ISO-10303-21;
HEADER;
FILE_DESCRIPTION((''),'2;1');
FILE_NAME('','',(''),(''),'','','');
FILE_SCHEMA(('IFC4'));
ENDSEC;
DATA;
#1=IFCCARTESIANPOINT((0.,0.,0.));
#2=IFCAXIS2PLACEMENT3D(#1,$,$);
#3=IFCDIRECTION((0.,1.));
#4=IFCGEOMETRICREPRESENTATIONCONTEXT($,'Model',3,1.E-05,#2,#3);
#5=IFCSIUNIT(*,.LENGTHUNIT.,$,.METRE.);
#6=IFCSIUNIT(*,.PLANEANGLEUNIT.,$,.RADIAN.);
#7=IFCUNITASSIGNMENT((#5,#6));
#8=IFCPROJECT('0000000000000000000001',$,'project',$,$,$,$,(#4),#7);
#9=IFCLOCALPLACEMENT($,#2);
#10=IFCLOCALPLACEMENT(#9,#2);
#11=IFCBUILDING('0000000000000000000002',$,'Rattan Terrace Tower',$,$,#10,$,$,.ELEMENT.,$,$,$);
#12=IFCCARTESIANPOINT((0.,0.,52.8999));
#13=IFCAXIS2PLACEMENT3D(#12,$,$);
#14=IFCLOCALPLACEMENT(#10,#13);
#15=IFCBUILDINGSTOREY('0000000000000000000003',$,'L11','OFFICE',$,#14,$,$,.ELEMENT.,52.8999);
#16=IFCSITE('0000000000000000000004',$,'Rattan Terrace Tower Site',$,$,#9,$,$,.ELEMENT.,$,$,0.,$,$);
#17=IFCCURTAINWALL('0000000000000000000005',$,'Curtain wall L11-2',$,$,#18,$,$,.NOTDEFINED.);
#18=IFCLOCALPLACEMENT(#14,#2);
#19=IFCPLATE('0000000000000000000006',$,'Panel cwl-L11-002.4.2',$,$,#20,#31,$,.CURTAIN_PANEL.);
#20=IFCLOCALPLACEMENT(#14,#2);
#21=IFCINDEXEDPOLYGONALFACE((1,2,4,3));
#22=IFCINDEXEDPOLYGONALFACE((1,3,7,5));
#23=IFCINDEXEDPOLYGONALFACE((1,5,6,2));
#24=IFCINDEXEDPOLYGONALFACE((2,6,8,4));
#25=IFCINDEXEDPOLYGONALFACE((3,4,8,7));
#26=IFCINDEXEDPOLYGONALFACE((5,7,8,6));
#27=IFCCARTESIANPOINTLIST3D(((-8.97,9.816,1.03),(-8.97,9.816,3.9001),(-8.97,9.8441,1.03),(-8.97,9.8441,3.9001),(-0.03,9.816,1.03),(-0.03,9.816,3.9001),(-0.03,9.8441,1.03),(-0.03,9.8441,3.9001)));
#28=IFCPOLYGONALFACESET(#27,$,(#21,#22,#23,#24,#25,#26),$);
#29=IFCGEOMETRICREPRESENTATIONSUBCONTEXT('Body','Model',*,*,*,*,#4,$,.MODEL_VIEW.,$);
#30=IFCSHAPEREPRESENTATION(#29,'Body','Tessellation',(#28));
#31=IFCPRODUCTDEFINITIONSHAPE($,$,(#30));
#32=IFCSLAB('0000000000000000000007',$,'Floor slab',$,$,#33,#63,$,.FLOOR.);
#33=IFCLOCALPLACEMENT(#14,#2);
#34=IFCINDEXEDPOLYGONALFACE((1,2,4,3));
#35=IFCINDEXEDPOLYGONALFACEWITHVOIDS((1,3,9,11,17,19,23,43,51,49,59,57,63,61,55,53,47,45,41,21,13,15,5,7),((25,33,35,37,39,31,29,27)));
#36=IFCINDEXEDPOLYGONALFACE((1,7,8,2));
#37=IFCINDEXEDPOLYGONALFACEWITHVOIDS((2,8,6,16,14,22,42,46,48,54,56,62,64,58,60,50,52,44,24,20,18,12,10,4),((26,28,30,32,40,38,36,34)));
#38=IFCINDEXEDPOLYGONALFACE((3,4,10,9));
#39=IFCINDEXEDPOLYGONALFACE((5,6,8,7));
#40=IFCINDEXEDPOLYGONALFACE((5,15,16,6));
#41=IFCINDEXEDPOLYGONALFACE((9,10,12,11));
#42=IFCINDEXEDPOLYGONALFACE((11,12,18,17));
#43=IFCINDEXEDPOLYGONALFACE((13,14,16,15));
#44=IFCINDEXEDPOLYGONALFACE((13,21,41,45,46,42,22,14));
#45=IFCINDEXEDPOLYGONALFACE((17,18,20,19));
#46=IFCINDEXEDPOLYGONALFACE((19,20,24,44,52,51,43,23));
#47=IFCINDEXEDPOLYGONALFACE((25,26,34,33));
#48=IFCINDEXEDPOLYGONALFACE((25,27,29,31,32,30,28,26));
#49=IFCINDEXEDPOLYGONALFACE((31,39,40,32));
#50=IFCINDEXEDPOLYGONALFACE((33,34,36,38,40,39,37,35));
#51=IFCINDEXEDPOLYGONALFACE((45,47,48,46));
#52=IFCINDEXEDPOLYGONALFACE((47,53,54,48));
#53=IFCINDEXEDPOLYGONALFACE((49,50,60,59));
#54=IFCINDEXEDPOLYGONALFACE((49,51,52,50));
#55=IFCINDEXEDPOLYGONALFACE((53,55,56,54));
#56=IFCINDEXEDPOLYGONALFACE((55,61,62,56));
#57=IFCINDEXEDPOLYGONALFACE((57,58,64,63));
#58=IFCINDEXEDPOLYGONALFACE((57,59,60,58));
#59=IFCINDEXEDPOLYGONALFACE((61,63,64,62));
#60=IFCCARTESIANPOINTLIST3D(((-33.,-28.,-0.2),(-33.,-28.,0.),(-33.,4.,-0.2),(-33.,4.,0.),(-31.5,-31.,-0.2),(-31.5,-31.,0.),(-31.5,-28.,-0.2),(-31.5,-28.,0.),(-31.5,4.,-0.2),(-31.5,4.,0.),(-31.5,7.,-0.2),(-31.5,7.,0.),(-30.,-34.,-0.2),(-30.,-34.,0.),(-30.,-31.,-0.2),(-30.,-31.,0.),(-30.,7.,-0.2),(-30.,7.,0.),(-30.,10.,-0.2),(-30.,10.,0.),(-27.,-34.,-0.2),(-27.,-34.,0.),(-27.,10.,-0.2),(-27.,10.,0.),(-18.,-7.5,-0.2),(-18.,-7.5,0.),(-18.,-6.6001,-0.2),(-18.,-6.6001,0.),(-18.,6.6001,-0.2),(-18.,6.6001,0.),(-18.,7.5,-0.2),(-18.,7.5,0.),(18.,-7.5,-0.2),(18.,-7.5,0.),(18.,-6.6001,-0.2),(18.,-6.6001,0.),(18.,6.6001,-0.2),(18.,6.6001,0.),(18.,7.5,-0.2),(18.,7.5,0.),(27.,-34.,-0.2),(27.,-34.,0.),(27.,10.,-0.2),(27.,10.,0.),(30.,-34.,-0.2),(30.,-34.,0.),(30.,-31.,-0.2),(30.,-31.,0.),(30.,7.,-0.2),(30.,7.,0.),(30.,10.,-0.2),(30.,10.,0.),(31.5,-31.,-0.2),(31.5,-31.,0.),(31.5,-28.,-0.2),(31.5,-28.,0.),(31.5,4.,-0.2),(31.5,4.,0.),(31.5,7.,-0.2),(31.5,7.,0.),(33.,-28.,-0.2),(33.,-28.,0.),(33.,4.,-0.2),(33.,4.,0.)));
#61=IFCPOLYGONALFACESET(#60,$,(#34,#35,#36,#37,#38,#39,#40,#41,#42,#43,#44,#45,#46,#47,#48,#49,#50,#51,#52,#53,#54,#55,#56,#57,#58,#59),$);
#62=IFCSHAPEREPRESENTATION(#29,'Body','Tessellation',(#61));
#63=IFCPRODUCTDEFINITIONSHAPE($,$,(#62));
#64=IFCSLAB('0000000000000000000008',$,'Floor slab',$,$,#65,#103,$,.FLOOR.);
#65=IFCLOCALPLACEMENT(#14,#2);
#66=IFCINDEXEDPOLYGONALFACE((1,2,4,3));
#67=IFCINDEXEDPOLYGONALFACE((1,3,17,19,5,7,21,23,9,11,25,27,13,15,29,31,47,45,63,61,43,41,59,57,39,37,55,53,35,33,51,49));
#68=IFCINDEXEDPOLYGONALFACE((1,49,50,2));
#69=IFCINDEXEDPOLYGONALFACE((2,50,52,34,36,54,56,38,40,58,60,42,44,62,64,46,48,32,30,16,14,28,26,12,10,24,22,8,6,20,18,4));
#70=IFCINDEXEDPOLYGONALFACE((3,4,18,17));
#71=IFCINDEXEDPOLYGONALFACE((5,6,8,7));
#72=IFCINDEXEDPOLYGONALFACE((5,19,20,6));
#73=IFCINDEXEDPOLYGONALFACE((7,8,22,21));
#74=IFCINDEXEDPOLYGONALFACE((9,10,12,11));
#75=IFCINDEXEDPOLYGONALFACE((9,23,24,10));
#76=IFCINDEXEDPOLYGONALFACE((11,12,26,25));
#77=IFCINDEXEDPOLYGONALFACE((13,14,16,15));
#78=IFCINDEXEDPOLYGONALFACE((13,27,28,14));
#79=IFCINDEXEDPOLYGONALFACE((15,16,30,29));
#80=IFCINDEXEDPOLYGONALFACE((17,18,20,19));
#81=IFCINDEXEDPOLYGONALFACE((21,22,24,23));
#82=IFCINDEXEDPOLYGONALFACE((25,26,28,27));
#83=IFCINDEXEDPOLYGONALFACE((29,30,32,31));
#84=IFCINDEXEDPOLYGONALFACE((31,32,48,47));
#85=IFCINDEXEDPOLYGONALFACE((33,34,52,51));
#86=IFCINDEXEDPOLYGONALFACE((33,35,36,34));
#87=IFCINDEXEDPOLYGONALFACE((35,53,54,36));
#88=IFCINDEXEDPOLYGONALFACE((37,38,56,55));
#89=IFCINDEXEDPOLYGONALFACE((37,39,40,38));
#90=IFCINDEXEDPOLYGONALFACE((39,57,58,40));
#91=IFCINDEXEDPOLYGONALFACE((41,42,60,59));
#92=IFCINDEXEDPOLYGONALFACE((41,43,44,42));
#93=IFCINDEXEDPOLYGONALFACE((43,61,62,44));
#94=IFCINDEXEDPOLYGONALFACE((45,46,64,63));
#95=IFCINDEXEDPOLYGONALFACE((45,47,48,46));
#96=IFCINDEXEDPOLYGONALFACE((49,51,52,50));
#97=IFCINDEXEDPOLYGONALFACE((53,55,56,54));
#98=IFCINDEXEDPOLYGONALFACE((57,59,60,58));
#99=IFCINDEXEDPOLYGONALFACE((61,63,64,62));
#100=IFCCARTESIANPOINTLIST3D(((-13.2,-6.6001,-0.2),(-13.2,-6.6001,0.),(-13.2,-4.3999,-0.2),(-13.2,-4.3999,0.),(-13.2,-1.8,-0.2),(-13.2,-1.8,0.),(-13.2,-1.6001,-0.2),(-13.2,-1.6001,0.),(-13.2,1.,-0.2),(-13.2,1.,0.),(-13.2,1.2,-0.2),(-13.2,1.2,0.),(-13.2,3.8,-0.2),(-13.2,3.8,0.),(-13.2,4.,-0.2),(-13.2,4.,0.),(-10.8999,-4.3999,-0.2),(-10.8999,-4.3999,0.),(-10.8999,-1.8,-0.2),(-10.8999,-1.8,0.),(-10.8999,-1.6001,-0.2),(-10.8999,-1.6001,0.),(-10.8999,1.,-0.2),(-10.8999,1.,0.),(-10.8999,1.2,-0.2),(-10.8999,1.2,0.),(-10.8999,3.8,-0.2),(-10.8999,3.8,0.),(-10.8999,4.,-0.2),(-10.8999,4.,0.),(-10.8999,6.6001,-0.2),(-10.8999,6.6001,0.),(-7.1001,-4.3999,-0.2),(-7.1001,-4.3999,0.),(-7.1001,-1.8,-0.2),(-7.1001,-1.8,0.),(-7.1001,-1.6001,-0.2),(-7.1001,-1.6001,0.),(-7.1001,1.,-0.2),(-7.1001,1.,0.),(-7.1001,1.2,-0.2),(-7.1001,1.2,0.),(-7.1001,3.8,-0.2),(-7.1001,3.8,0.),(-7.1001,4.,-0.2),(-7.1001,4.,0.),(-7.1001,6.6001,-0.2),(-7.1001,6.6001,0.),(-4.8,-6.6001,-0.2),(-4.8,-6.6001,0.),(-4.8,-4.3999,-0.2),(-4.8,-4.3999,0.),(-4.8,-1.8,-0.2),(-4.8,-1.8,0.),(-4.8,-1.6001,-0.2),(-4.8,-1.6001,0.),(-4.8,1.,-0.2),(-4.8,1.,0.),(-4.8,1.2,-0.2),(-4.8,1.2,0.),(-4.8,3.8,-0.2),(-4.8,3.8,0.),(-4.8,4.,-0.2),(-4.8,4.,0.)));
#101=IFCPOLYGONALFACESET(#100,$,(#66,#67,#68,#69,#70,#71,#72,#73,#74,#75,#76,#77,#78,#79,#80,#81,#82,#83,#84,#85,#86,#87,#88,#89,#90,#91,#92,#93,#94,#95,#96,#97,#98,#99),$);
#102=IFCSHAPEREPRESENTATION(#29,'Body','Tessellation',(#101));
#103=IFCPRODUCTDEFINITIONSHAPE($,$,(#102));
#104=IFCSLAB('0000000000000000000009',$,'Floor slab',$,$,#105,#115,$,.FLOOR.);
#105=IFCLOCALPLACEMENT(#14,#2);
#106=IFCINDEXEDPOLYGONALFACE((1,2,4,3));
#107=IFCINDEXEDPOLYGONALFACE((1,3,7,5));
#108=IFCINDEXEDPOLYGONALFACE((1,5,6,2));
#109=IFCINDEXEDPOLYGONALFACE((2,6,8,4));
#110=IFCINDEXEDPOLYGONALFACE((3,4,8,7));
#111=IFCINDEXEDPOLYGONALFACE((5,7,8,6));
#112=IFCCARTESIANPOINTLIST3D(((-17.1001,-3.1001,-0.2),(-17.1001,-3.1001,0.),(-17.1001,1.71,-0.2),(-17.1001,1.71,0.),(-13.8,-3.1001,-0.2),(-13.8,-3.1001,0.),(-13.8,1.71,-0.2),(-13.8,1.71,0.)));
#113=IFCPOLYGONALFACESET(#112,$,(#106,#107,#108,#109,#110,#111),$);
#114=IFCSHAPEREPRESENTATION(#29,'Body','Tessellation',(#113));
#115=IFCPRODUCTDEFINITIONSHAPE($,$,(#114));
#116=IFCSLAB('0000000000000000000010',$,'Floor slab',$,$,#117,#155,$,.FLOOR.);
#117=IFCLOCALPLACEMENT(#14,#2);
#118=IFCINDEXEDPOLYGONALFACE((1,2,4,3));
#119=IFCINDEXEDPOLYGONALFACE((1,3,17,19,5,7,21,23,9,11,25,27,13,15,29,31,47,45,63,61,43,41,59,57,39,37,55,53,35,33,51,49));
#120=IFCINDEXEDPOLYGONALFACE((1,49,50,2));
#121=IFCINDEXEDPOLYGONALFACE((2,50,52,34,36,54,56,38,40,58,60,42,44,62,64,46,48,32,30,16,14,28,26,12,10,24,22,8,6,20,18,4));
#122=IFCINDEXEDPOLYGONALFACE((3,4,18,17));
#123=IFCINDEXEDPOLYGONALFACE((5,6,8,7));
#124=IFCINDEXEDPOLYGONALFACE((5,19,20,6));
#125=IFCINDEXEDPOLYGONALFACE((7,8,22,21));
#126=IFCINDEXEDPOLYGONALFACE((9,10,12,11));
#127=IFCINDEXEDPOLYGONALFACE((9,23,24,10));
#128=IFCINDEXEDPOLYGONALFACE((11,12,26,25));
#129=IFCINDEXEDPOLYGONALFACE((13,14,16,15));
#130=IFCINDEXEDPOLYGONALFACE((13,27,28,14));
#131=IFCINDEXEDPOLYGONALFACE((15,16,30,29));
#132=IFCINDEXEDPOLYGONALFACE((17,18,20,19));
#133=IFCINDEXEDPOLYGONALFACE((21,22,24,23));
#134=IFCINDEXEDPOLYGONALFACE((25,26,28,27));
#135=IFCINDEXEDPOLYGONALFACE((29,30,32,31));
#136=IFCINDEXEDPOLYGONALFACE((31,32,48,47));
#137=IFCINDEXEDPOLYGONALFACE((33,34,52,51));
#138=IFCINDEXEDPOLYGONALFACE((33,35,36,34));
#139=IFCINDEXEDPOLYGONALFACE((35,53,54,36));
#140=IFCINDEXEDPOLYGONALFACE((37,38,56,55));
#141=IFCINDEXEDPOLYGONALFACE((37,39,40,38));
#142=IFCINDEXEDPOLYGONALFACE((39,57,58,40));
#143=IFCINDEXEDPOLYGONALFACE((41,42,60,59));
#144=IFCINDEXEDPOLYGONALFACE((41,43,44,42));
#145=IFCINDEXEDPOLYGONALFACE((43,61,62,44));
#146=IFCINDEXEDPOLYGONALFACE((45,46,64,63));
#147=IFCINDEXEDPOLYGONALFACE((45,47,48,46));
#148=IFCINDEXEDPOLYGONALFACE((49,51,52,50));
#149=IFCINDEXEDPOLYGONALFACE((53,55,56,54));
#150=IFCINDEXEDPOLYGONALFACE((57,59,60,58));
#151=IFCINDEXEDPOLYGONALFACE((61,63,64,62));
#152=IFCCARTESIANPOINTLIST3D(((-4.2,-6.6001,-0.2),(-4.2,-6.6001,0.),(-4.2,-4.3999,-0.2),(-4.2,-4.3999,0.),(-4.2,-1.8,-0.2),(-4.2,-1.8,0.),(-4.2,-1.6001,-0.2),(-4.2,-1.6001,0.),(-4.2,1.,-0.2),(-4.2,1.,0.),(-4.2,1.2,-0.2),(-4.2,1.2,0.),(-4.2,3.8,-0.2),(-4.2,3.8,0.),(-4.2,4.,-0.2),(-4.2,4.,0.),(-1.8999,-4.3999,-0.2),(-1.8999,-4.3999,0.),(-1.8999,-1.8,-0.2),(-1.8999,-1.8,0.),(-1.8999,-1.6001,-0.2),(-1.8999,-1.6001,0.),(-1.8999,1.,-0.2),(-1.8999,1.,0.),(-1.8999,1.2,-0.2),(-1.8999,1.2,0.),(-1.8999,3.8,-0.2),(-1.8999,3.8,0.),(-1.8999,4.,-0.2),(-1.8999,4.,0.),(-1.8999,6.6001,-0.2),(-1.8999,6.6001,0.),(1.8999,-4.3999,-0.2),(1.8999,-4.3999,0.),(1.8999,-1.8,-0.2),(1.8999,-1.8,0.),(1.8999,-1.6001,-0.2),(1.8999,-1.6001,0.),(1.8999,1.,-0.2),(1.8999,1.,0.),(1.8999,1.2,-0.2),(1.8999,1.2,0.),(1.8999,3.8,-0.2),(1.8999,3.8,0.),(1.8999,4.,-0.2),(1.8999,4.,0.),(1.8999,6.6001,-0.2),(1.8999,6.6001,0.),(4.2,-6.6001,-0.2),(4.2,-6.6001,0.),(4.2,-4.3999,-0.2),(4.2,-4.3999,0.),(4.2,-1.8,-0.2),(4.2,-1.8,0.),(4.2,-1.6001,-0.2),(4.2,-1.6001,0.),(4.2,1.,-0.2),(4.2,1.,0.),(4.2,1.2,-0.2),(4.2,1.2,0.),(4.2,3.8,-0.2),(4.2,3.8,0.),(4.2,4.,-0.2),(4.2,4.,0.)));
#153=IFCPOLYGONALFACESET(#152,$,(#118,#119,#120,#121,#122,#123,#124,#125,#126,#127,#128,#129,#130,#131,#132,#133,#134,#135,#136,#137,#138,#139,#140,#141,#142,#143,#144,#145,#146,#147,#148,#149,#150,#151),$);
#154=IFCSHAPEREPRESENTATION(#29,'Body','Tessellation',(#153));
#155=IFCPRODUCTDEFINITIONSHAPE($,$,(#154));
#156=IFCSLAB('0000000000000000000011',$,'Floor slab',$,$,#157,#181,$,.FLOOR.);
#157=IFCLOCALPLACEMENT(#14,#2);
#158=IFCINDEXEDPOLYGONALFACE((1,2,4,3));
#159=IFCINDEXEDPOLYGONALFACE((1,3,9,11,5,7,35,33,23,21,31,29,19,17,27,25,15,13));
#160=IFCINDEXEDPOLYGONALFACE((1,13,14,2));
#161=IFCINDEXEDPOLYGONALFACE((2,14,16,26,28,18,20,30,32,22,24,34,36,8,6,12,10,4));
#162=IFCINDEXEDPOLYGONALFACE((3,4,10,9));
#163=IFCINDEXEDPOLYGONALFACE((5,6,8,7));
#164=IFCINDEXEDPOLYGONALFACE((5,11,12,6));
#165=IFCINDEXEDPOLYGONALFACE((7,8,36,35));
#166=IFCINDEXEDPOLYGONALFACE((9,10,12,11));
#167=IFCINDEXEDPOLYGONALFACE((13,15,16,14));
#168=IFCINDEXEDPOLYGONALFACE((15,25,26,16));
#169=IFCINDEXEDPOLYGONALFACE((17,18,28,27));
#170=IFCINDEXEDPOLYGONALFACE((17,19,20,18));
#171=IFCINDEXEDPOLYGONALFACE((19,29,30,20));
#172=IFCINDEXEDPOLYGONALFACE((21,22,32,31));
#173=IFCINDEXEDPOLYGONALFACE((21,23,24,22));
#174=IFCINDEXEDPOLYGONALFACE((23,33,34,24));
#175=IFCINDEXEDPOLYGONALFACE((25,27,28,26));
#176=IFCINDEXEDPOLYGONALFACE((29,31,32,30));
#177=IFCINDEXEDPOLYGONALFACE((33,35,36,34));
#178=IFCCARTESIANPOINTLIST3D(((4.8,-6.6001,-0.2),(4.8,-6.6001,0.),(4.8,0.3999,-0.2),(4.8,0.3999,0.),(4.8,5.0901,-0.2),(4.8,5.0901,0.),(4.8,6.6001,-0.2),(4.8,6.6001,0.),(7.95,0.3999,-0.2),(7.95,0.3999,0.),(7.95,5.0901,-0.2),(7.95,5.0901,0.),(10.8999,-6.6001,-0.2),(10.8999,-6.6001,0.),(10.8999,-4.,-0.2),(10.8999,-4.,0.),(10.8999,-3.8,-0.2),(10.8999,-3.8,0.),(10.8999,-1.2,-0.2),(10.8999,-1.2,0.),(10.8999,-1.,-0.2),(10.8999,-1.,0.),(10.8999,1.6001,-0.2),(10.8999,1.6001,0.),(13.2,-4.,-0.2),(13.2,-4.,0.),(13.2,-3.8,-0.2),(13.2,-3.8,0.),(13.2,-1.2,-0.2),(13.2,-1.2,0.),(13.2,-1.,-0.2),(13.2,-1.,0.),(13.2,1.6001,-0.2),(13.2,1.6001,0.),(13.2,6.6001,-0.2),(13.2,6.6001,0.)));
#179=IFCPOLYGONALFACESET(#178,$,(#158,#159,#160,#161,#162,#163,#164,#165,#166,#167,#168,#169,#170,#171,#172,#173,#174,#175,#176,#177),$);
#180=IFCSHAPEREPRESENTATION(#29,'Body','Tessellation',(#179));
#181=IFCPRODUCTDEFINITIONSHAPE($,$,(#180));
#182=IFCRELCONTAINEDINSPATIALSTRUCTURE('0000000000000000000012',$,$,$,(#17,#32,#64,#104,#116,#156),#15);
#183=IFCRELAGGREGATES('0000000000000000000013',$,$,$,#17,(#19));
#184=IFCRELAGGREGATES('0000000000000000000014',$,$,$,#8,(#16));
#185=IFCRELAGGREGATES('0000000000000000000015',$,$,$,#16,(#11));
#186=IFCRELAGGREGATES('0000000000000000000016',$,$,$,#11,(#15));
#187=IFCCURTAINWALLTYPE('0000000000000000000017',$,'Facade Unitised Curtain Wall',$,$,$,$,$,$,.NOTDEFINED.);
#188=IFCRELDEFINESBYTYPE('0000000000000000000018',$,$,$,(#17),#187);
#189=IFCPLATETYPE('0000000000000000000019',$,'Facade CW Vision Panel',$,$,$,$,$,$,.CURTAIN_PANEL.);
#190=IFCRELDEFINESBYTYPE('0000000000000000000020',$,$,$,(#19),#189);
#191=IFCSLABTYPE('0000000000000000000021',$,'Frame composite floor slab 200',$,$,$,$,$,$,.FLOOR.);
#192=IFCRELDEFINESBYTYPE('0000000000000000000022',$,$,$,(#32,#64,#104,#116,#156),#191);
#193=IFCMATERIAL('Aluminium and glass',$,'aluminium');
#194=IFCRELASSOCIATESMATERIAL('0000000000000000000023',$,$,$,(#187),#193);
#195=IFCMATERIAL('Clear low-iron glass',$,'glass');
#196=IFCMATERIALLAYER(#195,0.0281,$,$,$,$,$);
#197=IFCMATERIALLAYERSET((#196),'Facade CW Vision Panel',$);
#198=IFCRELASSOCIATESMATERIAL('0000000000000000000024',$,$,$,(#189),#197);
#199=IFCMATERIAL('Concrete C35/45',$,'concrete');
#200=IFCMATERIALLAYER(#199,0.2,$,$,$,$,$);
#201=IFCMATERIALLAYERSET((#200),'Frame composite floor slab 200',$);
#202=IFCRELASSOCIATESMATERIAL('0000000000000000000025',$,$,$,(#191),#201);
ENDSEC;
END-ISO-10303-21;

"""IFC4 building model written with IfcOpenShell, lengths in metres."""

from ifc_helpers import new_model, si_unit, direction, frame, origin, origin_2d, place, context, subcontext, project, spatial, polyline, rectangle, outline, extrude, material, layer, layer_set, type_object, element, aggregate, save


model = new_model("IFC4")

# Units and contexts
model_context = context("Model", 3, precision=1e-05, world=origin(), true_north=direction((0.0, 1.0)))
body_context = subcontext(model_context, "Body", "Model", "MODEL_VIEW")
ifc_project = project(units=[si_unit("LENGTHUNIT", "METRE"), si_unit("PLANEANGLEUNIT", "RADIAN")], contexts=[model_context])

# Site, building, storey
site_placement = place(None, origin())
site = spatial("IfcSite", under=ifc_project, at=site_placement, Name="Rattan Terrace Tower Site", CompositionType="ELEMENT", RefElevation=0.0)
building_placement = place(site_placement, origin())
building = spatial("IfcBuilding", under=site, at=building_placement, Name="Rattan Terrace Tower", CompositionType="ELEMENT")
storey_placement = place(building_placement, frame((0.0, 0.0, 52.8999)))
storey = spatial("IfcBuildingStorey", under=building, at=storey_placement, Name="L11", Description="OFFICE", CompositionType="ELEMENT", Elevation=52.8999)

# Curtain wall
ifc_material_1 = material(Name="Aluminium and glass", Category="aluminium")
curtain_wall_type = type_object("IfcCurtainWallType", Name="Facade Unitised Curtain Wall", PredefinedType="NOTDEFINED", material=ifc_material_1)
curtain_wall_placement = place(storey_placement, origin())
curtain_wall = element("IfcCurtainWall", 1, at=curtain_wall_placement, inside=storey, type_object=curtain_wall_type, Name="Curtain wall L11-2", PredefinedType="NOTDEFINED")

# Plate
ifc_material_2 = material(Name="Clear low-iron glass", Category="glass")
ifc_layer_1 = layer(ifc_material_2, 0.0281)
ifc_layer_set_1 = layer_set([ifc_layer_1], Name="Facade CW Vision Panel")
plate_type_1 = type_object("IfcPlateType", Name="Facade CW Vision Panel", PredefinedType="CURTAIN_PANEL", material=ifc_layer_set_1)
plate_1_placement = place(storey_placement, frame((-4.5, 9.8301, 1.03), z_axis=(0.0, 0.0, 1.0), x_axis=(-1.0, 0.0, 0.0)))
plate_1 = element("IfcPlate", 2, at=plate_1_placement, type_object=plate_type_1, Name="Panel cwl-L11-002.4.2", PredefinedType="CURTAIN_PANEL", context=body_context, shape_type="SweptSolid", body=[
    extrude(rectangle(XDim=8.9399, YDim=0.0281, at=origin_2d()), origin(), (0.0, 0.0, 1.0), 2.8701),
])
aggregate(curtain_wall, [plate_1])

# Slabs
ifc_material_3 = material(Name="Concrete C35/45", Category="concrete")
ifc_layer_2 = layer(ifc_material_3, 0.2)
ifc_layer_set_2 = layer_set([ifc_layer_2], Name="Frame composite floor slab 200")
slab_type = type_object("IfcSlabType", Name="Frame composite floor slab 200", PredefinedType="FLOOR", material=ifc_layer_set_2)
slab_1_placement = place(storey_placement, frame((0.0, 0.0, -0.2)))
element("IfcSlab", 3, at=slab_1_placement, inside=storey, type_object=slab_type, Name="Floor slab", PredefinedType="FLOOR", context=body_context, shape_type="SweptSolid", body=[
    extrude(outline(polyline([(-27.0, -34.0), (27.0, -34.0), (30.0, -34.0), (30.0, -31.0), (31.5, -31.0), (31.5, -28.0), (33.0, -28.0), (33.0, 4.0), (31.5, 4.0), (31.5, 7.0), (30.0, 7.0), (30.0, 10.0), (27.0, 10.0), (-27.0, 10.0), (-30.0, 10.0), (-30.0, 7.0), (-31.5, 7.0), (-31.5, 4.0), (-33.0, 4.0), (-33.0, -28.0), (-31.5, -28.0), (-31.5, -31.0), (-30.0, -31.0), (-30.0, -34.0), (-27.0, -34.0)]), holes=[polyline([(-18.0, -6.6001), (-18.0, -7.5), (18.0, -7.5), (18.0, -6.6001), (18.0, 6.6001), (18.0, 7.5), (-18.0, 7.5), (-18.0, 6.6001), (-18.0, -6.6001)])]), origin(), (0.0, 0.0, 1.0), 0.2),
])
slab_2_placement = place(storey_placement, frame((0.0, 0.0, -0.2)))
element("IfcSlab", 4, at=slab_2_placement, inside=storey, type_object=slab_type, Name="Floor slab", PredefinedType="FLOOR", context=body_context, shape_type="SweptSolid", body=[
    extrude(outline(polyline([(-10.8999, 6.6001), (-10.8999, 4.0), (-13.2, 4.0), (-13.2, 3.8), (-10.8999, 3.8), (-10.8999, 1.2), (-13.2, 1.2), (-13.2, 1.0), (-10.8999, 1.0), (-10.8999, -1.6001), (-13.2, -1.6001), (-13.2, -1.8), (-10.8999, -1.8), (-10.8999, -4.3999), (-13.2, -4.3999), (-13.2, -6.6001), (-4.8, -6.6001), (-4.8, -4.3999), (-7.1001, -4.3999), (-7.1001, -1.8), (-4.8, -1.8), (-4.8, -1.6001), (-7.1001, -1.6001), (-7.1001, 1.0), (-4.8, 1.0), (-4.8, 1.2), (-7.1001, 1.2), (-7.1001, 3.8), (-4.8, 3.8), (-4.8, 4.0), (-7.1001, 4.0), (-7.1001, 6.6001), (-10.8999, 6.6001)])), origin(), (0.0, 0.0, 1.0), 0.2),
])
slab_3_placement = place(storey_placement, frame((0.0, 0.0, -0.2)))
element("IfcSlab", 5, at=slab_3_placement, inside=storey, type_object=slab_type, Name="Floor slab", PredefinedType="FLOOR", context=body_context, shape_type="SweptSolid", body=[
    extrude(outline(polyline([(-17.1001, -3.1001), (-13.8, -3.1001), (-13.8, 1.71), (-17.1001, 1.71), (-17.1001, -3.1001)])), origin(), (0.0, 0.0, 1.0), 0.2),
])
slab_4_placement = place(storey_placement, frame((0.0, 0.0, -0.2)))
element("IfcSlab", 6, at=slab_4_placement, inside=storey, type_object=slab_type, Name="Floor slab", PredefinedType="FLOOR", context=body_context, shape_type="SweptSolid", body=[
    extrude(outline(polyline([(-4.2, 4.0), (-4.2, 3.8), (-1.8999, 3.8), (-1.8999, 1.2), (-4.2, 1.2), (-4.2, 1.0), (-1.8999, 1.0), (-1.8999, -1.6001), (-4.2, -1.6001), (-4.2, -1.8), (-1.8999, -1.8), (-1.8999, -4.3999), (-4.2, -4.3999), (-4.2, -6.6001), (4.2, -6.6001), (4.2, -4.3999), (1.8999, -4.3999), (1.8999, -1.8), (4.2, -1.8), (4.2, -1.6001), (1.8999, -1.6001), (1.8999, 1.0), (4.2, 1.0), (4.2, 1.2), (1.8999, 1.2), (1.8999, 3.8), (4.2, 3.8), (4.2, 4.0), (1.8999, 4.0), (1.8999, 6.6001), (-1.8999, 6.6001), (-1.8999, 4.0), (-4.2, 4.0)])), origin(), (0.0, 0.0, 1.0), 0.2),
])
slab_5_placement = place(storey_placement, frame((0.0, 0.0, -0.2)))
element("IfcSlab", 7, at=slab_5_placement, inside=storey, type_object=slab_type, Name="Floor slab", PredefinedType="FLOOR", context=body_context, shape_type="SweptSolid", body=[
    extrude(outline(polyline([(4.8, 5.0901), (7.95, 5.0901), (7.95, 0.3999), (4.8, 0.3999), (4.8, -6.6001), (10.8999, -6.6001), (10.8999, -4.0), (13.2, -4.0), (13.2, -3.8), (10.8999, -3.8), (10.8999, -1.2), (13.2, -1.2), (13.2, -1.0), (10.8999, -1.0), (10.8999, 1.6001), (13.2, 1.6001), (13.2, 6.6001), (4.8, 6.6001), (4.8, 5.0901)])), origin(), (0.0, 0.0, 1.0), 0.2),
])

save(model, "model.ifc")
